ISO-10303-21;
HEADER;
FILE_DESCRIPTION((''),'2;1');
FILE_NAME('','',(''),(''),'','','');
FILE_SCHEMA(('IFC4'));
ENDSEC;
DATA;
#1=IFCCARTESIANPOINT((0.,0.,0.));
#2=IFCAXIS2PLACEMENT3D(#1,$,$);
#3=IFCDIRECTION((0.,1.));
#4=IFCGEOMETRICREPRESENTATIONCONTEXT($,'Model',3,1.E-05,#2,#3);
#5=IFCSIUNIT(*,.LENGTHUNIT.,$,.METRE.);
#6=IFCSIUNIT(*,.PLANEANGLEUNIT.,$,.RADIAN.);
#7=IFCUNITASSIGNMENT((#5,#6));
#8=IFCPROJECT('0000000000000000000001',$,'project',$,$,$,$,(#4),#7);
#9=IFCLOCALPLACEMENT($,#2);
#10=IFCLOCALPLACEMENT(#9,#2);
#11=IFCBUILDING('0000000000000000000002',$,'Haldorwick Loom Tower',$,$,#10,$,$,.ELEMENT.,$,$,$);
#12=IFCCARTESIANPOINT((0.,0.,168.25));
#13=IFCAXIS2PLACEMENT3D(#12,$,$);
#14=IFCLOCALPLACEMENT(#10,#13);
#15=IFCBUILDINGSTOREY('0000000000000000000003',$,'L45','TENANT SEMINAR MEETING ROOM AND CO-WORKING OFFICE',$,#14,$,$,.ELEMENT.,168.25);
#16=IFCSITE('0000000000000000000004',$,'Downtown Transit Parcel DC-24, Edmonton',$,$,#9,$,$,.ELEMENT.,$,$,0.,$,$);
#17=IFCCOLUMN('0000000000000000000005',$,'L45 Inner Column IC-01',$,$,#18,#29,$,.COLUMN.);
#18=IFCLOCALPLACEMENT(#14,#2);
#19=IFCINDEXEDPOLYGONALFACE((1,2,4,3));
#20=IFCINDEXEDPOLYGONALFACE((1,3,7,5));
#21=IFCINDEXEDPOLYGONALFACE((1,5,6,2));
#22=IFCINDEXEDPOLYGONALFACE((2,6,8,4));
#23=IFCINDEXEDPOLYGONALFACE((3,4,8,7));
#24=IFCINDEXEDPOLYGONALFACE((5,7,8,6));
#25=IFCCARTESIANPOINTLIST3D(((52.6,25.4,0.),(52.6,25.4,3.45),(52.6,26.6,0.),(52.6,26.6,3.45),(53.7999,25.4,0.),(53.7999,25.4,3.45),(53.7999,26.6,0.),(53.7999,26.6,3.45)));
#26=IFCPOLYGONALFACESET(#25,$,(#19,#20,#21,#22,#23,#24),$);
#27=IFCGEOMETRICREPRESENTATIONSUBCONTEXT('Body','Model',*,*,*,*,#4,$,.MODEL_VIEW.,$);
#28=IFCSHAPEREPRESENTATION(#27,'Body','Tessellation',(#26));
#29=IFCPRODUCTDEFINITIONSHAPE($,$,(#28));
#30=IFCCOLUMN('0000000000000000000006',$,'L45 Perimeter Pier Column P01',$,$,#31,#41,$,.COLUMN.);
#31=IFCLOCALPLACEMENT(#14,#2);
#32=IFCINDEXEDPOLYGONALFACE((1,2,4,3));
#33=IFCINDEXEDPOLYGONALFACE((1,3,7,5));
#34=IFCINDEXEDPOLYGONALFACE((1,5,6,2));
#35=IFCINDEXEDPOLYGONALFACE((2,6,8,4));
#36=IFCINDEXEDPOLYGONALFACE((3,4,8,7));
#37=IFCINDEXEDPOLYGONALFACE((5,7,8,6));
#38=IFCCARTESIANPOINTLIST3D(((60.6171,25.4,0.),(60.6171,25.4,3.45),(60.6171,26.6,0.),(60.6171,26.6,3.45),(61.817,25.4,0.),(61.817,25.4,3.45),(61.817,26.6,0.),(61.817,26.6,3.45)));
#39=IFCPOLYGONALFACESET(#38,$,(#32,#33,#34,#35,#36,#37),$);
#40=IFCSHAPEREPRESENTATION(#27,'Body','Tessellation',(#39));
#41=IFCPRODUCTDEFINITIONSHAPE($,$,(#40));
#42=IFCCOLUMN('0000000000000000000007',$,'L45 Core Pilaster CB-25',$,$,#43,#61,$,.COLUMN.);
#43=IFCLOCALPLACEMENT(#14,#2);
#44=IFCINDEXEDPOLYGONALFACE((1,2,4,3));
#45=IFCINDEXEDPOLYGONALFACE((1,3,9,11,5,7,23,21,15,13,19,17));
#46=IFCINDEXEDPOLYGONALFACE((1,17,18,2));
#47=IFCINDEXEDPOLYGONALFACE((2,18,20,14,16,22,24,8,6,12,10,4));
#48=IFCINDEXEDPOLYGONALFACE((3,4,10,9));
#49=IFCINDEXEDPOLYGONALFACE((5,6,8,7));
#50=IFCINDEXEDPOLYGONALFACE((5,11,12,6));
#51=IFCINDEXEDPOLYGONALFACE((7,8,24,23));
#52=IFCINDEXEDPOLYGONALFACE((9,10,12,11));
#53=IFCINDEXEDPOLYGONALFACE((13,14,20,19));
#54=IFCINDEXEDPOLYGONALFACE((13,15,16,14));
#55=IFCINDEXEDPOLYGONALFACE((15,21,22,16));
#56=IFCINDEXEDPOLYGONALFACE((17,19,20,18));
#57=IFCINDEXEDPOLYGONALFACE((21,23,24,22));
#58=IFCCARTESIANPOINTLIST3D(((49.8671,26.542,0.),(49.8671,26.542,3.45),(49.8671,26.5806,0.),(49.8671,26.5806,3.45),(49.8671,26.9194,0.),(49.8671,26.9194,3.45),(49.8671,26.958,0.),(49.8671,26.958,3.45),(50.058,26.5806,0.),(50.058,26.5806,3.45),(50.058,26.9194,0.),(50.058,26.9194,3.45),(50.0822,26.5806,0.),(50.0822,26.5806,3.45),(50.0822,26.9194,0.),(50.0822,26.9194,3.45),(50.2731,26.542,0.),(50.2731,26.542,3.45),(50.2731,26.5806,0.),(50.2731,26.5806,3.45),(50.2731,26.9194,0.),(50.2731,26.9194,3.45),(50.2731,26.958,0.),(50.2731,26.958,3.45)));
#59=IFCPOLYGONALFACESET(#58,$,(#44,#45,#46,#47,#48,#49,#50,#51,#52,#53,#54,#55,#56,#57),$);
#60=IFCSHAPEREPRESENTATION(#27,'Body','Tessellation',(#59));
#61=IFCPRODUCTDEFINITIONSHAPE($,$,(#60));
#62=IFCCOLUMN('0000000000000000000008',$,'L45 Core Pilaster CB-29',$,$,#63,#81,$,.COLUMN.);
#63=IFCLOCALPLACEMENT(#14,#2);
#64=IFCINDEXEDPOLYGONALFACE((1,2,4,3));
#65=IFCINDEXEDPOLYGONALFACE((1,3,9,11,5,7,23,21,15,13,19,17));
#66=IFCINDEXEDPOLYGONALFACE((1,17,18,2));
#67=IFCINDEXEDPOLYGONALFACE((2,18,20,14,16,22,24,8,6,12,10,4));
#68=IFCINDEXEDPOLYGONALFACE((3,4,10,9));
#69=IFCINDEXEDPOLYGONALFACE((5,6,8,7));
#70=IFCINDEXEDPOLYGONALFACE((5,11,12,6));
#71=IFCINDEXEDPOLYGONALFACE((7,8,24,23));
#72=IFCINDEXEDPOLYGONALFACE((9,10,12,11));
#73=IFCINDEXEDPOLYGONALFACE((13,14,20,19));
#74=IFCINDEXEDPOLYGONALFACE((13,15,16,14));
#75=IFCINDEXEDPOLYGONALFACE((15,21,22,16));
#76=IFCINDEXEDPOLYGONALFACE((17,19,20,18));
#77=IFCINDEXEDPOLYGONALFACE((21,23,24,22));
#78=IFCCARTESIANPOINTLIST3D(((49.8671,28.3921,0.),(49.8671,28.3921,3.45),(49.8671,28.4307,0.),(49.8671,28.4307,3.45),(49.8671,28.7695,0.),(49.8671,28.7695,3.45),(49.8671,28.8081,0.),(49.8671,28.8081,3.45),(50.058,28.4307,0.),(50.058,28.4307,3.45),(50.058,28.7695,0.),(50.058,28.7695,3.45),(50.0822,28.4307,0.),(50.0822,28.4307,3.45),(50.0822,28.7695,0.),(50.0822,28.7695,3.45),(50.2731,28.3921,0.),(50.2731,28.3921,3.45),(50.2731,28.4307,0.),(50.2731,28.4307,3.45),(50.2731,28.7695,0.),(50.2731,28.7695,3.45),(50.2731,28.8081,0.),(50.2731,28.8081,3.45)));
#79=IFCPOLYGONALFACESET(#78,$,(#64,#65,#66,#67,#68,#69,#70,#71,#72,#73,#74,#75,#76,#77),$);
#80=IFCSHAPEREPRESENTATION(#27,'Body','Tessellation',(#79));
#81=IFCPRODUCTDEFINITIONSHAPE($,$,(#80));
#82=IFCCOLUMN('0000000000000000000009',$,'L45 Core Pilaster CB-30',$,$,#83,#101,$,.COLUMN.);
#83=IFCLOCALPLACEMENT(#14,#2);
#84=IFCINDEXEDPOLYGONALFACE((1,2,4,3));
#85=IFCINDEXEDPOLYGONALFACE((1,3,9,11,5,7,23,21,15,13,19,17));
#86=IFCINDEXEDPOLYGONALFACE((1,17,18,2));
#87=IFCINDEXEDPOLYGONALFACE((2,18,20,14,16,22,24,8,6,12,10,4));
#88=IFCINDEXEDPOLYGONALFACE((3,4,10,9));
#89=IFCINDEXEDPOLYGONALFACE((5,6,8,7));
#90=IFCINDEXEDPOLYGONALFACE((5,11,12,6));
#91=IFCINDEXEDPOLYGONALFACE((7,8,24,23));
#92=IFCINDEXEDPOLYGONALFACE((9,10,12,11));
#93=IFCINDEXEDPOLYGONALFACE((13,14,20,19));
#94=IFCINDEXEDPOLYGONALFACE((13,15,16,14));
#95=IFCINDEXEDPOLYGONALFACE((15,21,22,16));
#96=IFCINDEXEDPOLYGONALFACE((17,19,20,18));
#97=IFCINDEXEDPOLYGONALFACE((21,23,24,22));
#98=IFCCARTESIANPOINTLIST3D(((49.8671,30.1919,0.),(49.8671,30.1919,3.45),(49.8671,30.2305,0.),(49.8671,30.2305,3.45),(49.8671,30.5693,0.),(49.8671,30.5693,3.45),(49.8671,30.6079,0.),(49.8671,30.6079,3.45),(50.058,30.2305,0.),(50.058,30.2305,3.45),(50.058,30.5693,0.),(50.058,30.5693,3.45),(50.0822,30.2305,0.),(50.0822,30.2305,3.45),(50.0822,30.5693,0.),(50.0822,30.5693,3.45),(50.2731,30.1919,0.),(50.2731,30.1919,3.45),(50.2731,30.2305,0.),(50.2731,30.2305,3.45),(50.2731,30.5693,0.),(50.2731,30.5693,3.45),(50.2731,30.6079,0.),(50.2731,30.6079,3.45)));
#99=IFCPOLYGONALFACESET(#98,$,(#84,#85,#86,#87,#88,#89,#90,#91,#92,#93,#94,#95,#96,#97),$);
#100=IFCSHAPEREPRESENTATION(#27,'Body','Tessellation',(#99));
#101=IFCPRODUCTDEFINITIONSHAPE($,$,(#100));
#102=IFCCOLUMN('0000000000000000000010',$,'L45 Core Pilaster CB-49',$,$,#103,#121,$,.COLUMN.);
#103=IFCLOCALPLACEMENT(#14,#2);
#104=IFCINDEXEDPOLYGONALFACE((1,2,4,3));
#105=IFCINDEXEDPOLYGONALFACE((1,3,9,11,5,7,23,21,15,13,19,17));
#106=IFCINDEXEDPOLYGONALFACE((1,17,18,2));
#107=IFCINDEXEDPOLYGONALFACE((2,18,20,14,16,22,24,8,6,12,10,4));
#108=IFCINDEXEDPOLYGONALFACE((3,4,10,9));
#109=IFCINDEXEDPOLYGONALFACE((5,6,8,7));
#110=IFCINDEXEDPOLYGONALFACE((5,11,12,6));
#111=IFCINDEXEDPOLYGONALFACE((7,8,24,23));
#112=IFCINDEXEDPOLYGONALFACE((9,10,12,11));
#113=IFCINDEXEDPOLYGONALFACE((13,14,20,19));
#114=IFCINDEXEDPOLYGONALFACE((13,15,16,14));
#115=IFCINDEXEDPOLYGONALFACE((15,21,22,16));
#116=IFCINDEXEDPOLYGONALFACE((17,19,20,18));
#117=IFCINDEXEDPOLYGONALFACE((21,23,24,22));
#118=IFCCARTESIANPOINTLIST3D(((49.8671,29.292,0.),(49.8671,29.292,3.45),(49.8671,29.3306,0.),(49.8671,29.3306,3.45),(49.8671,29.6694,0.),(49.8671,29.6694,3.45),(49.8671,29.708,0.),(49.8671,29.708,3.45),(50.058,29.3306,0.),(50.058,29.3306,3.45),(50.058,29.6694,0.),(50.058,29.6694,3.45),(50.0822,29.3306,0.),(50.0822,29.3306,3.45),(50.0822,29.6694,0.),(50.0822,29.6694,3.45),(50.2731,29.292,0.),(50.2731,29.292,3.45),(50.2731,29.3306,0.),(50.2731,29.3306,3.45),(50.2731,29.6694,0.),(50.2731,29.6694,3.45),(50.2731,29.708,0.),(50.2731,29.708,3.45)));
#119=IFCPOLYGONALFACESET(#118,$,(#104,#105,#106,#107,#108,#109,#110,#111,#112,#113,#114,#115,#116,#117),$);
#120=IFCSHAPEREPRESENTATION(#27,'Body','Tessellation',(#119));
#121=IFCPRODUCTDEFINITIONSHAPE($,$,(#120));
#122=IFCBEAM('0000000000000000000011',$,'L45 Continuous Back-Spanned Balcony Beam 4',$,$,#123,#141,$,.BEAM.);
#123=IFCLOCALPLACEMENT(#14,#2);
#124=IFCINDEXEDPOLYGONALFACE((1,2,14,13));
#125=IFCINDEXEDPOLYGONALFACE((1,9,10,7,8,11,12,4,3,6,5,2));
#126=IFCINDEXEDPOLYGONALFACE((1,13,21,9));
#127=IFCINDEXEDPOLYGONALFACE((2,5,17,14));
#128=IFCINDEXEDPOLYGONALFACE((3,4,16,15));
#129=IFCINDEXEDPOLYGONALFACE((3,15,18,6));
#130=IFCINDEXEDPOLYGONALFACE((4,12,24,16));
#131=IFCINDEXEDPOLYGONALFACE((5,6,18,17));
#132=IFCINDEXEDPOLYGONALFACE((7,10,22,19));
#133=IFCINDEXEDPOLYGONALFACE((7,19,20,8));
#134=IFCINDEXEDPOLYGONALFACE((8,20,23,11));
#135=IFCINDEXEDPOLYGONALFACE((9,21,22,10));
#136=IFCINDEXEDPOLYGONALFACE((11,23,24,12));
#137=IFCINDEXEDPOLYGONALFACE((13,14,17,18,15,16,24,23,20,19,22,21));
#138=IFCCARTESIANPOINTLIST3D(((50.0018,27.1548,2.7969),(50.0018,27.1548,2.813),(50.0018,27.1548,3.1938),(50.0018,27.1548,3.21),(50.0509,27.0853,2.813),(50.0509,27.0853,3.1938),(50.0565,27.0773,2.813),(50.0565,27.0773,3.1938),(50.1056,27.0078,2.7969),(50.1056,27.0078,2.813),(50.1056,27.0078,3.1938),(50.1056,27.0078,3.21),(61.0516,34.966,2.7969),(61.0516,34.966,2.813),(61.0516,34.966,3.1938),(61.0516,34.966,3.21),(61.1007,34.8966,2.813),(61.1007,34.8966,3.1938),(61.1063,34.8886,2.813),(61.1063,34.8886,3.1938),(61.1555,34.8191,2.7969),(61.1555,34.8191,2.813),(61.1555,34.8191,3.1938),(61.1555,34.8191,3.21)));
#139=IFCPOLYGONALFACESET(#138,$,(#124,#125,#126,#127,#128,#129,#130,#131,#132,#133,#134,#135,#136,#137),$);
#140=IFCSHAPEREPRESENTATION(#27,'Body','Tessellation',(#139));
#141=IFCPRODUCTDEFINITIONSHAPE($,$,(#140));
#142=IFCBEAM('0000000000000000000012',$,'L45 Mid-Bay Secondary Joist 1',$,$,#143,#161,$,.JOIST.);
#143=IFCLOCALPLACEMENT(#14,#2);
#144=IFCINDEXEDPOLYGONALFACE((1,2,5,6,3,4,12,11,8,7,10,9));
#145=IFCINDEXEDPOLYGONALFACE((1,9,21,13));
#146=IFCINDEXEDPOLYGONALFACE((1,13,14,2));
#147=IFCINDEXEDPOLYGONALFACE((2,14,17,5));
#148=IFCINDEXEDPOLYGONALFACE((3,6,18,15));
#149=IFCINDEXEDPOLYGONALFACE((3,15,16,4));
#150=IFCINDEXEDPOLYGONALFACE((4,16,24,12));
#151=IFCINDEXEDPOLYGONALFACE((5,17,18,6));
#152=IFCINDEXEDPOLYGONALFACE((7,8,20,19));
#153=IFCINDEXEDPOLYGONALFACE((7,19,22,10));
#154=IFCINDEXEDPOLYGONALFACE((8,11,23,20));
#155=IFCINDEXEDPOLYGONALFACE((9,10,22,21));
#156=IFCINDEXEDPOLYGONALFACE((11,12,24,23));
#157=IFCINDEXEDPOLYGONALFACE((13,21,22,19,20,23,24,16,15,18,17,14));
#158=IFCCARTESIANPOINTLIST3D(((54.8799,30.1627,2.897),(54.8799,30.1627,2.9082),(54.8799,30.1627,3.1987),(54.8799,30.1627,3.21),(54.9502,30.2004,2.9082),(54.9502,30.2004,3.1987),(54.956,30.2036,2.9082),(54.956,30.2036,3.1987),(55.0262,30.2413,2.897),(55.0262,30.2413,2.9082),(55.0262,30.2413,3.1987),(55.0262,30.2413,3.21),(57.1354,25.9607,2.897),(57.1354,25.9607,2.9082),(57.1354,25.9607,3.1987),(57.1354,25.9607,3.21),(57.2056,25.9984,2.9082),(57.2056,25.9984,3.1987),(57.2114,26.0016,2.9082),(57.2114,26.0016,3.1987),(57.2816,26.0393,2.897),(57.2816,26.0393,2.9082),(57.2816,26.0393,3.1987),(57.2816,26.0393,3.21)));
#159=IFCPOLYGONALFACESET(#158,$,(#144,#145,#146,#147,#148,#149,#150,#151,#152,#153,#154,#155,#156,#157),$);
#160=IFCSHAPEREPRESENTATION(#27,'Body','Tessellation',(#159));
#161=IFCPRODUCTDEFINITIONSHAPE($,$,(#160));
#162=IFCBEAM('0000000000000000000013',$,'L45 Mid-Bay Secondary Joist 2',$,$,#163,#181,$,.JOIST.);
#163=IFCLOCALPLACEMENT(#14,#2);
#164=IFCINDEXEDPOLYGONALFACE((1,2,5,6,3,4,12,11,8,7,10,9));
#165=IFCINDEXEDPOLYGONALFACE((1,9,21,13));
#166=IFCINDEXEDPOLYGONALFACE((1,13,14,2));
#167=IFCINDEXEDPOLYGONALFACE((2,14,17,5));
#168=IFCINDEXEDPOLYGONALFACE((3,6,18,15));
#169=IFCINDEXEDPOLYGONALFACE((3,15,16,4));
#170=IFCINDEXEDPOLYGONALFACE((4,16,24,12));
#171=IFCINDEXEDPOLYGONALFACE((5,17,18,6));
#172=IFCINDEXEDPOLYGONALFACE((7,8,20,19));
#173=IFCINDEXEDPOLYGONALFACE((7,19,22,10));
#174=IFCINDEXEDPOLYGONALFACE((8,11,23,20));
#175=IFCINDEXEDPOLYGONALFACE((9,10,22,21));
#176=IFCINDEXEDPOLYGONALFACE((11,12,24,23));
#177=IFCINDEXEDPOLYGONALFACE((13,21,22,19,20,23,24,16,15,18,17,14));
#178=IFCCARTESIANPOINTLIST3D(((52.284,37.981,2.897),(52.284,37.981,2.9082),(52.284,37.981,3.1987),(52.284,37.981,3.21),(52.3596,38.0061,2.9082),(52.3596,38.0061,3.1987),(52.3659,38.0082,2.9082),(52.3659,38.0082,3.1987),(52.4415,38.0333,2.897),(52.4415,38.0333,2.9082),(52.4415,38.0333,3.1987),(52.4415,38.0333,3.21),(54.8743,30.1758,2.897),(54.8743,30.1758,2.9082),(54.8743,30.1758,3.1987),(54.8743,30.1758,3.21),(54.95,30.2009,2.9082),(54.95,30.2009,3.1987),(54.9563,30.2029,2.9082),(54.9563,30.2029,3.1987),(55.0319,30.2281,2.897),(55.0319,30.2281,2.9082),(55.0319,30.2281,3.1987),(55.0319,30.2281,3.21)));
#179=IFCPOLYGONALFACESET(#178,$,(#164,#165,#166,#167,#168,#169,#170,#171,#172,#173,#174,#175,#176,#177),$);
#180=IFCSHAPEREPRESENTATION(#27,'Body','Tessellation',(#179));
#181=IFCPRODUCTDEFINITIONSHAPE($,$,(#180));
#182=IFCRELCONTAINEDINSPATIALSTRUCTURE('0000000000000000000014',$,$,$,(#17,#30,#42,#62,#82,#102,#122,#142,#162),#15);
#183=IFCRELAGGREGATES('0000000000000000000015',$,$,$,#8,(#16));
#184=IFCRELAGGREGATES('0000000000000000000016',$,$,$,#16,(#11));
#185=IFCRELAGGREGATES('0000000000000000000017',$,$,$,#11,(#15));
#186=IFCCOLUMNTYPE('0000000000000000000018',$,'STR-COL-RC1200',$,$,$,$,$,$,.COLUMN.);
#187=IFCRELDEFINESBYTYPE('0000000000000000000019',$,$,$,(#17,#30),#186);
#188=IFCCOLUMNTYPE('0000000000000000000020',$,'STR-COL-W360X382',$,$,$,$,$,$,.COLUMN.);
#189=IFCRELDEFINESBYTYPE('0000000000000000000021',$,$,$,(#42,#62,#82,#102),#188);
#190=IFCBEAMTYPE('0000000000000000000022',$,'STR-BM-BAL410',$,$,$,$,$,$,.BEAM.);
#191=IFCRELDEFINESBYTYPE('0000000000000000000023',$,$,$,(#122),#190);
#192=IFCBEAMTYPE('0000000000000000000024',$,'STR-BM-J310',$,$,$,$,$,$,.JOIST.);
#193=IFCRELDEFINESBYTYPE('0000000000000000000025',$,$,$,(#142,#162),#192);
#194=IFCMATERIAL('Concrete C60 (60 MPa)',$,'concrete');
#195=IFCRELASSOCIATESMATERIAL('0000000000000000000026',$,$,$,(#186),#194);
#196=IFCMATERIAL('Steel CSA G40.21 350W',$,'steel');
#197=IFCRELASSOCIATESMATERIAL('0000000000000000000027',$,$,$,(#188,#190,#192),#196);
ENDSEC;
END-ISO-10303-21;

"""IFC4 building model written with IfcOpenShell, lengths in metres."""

from ifc_helpers import new_model, si_unit, direction, frame, origin, origin_2d, place, context, subcontext, project, spatial, rectangle, i_section, extrude, material, material_profile, profile_set, type_object, element, save


model = new_model("IFC4")

# Units and contexts
model_context = context("Model", 3, precision=1e-05, world=origin(), true_north=direction((0.0, 1.0)))
body_context = subcontext(model_context, "Body", "Model", "MODEL_VIEW")
ifc_project = project(units=[si_unit("LENGTHUNIT", "METRE"), si_unit("PLANEANGLEUNIT", "RADIAN")], contexts=[model_context])

# Site, building, storey
site_placement = place(None, origin())
site = spatial("IfcSite", under=ifc_project, at=site_placement, Name="Downtown Transit Parcel DC-24, Edmonton", CompositionType="ELEMENT", RefElevation=0.0)
building_placement = place(site_placement, origin())
building = spatial("IfcBuilding", under=site, at=building_placement, Name="Haldorwick Loom Tower", CompositionType="ELEMENT")
storey_placement = place(building_placement, frame((0.0, 0.0, 168.25)))
storey = spatial("IfcBuildingStorey", under=building, at=storey_placement, Name="L45", Description="TENANT SEMINAR MEETING ROOM AND CO-WORKING OFFICE", CompositionType="ELEMENT", Elevation=168.25)

# Columns
ifc_material_1 = material(Name="Concrete C60 (60 MPa)", Category="concrete")
ifc_material_profile_1 = material_profile(ifc_material_1, rectangle(XDim=1.2, YDim=1.2, at=origin_2d()), Name="RC1200X1200", Category="concrete")
ifc_profile_set_1 = profile_set([ifc_material_profile_1], Name="Concrete C60 (60 MPa)")
column_type_1 = type_object("IfcColumnType", Name="STR-COL-RC1200", PredefinedType="COLUMN", material=ifc_profile_set_1)
for number, where, z_axis, x_axis, name in (
    (1, (53.2, 26.0, 0.0), (0.0, 0.0, 1.0), (1.0, 0.0, 0.0), "L45 Inner Column IC-01"),
    (2, (61.217, 26.0, 0.0), (0.0, 0.0, 1.0), (1.0, 0.0, 0.0), "L45 Perimeter Pier Column P01"),
):
    element("IfcColumn", number, at=place(storey_placement, frame(where, z_axis=z_axis, x_axis=x_axis)), inside=storey, type_object=column_type_1, Name=name, PredefinedType="COLUMN", context=body_context, shape_type="SweptSolid", body=[
        extrude(rectangle(XDim=1.2, YDim=1.2, at=origin_2d()), origin(), (0.0, 0.0, 1.0), 3.45),
    ])
ifc_material_2 = material(Name="Steel CSA G40.21 350W", Category="steel")
ifc_material_profile_2 = material_profile(ifc_material_2, i_section(OverallWidth=0.406, OverallDepth=0.416, WebThickness=0.0242, FlangeThickness=0.0386, at=origin_2d()), Name="W360X382", Category="steel")
ifc_profile_set_2 = profile_set([ifc_material_profile_2], Name="Steel CSA G40.21 350W")
column_type_2 = type_object("IfcColumnType", Name="STR-COL-W360X382", PredefinedType="COLUMN", material=ifc_profile_set_2)
for number, where, z_axis, x_axis, name in (
    (3, (50.0701, 26.75, 0.0), (0.0, 0.0, 1.0), (1.0, 0.0, 0.0), "L45 Core Pilaster CB-25"),
    (4, (50.0701, 28.6001, 0.0), (0.0, 0.0, 1.0), (1.0, 0.0, 0.0), "L45 Core Pilaster CB-29"),
    (5, (50.0701, 30.3999, 0.0), (0.0, 0.0, 1.0), (1.0, 0.0, 0.0), "L45 Core Pilaster CB-30"),
    (6, (50.0701, 29.5, 0.0), (0.0, 0.0, 1.0), (1.0, 0.0, 0.0), "L45 Core Pilaster CB-49"),
):
    element("IfcColumn", number, at=place(storey_placement, frame(where, z_axis=z_axis, x_axis=x_axis)), inside=storey, type_object=column_type_2, Name=name, PredefinedType="COLUMN", context=body_context, shape_type="SweptSolid", body=[
        extrude(i_section(OverallWidth=0.406, OverallDepth=0.416, WebThickness=0.0242, FlangeThickness=0.0386, at=origin_2d()), origin(), (0.0, 0.0, 1.0), 3.45),
    ])

# Beams
ifc_material_profile_3 = material_profile(ifc_material_2, i_section(OverallWidth=0.1799, OverallDepth=0.4131, WebThickness=0.0098, FlangeThickness=0.0161, at=origin_2d()), Name="W410X74", Category="steel")
ifc_profile_set_3 = profile_set([ifc_material_profile_3], Name="Steel CSA G40.21 350W")
beam_type_1 = type_object("IfcBeamType", Name="STR-BM-BAL410", PredefinedType="BEAM", material=ifc_profile_set_3)
beam_1_placement = place(storey_placement, frame((50.0537, 27.0813, 3.0034), z_axis=(0.81657, 0.577246, 0.0), x_axis=(-0.577246, 0.81657, 0.0)))
element("IfcBeam", 7, at=beam_1_placement, inside=storey, type_object=beam_type_1, Name="L45 Continuous Back-Spanned Balcony Beam 4", PredefinedType="BEAM", context=body_context, shape_type="SweptSolid", body=[
    extrude(i_section(OverallWidth=0.1799, OverallDepth=0.4131, WebThickness=0.0098, FlangeThickness=0.0161, at=origin_2d()), origin(), (0.0, 0.0, 1.0), 13.532),
])
ifc_material_profile_4 = material_profile(ifc_material_2, i_section(OverallWidth=0.166, OverallDepth=0.313, WebThickness=0.0066, FlangeThickness=0.0112, at=origin_2d()), Name="W310X45", Category="steel")
ifc_profile_set_4 = profile_set([ifc_material_profile_4], Name="Steel CSA G40.21 350W")
beam_type_2 = type_object("IfcBeamType", Name="STR-BM-J310", PredefinedType="JOIST", material=ifc_profile_set_4)
beam_2_placement = place(storey_placement, frame((57.2085, 26.0, 3.0535), z_axis=(-0.47293, 0.8811, 0.0), x_axis=(-0.8811, -0.47293, 0.0)))
element("IfcBeam", 8, at=beam_2_placement, inside=storey, type_object=beam_type_2, Name="L45 Mid-Bay Secondary Joist 1", PredefinedType="JOIST", context=body_context, shape_type="SweptSolid", body=[
    extrude(i_section(OverallWidth=0.166, OverallDepth=0.313, WebThickness=0.0066, FlangeThickness=0.0112, at=origin_2d()), origin(), (0.0, 0.0, 1.0), 4.769),
])
beam_3_placement = place(storey_placement, frame((54.9531, 30.2019, 3.0535), z_axis=(-0.314981, 0.949098, 0.0), x_axis=(-0.949098, -0.314981, 0.0)))
element("IfcBeam", 9, at=beam_3_placement, inside=storey, type_object=beam_type_2, Name="L45 Mid-Bay Secondary Joist 2", PredefinedType="JOIST", context=body_context, shape_type="SweptSolid", body=[
    extrude(i_section(OverallWidth=0.166, OverallDepth=0.313, WebThickness=0.0066, FlangeThickness=0.0112, at=origin_2d()), origin(), (0.0, 0.0, 1.0), 8.2239),
])

save(model, "model.ifc")
